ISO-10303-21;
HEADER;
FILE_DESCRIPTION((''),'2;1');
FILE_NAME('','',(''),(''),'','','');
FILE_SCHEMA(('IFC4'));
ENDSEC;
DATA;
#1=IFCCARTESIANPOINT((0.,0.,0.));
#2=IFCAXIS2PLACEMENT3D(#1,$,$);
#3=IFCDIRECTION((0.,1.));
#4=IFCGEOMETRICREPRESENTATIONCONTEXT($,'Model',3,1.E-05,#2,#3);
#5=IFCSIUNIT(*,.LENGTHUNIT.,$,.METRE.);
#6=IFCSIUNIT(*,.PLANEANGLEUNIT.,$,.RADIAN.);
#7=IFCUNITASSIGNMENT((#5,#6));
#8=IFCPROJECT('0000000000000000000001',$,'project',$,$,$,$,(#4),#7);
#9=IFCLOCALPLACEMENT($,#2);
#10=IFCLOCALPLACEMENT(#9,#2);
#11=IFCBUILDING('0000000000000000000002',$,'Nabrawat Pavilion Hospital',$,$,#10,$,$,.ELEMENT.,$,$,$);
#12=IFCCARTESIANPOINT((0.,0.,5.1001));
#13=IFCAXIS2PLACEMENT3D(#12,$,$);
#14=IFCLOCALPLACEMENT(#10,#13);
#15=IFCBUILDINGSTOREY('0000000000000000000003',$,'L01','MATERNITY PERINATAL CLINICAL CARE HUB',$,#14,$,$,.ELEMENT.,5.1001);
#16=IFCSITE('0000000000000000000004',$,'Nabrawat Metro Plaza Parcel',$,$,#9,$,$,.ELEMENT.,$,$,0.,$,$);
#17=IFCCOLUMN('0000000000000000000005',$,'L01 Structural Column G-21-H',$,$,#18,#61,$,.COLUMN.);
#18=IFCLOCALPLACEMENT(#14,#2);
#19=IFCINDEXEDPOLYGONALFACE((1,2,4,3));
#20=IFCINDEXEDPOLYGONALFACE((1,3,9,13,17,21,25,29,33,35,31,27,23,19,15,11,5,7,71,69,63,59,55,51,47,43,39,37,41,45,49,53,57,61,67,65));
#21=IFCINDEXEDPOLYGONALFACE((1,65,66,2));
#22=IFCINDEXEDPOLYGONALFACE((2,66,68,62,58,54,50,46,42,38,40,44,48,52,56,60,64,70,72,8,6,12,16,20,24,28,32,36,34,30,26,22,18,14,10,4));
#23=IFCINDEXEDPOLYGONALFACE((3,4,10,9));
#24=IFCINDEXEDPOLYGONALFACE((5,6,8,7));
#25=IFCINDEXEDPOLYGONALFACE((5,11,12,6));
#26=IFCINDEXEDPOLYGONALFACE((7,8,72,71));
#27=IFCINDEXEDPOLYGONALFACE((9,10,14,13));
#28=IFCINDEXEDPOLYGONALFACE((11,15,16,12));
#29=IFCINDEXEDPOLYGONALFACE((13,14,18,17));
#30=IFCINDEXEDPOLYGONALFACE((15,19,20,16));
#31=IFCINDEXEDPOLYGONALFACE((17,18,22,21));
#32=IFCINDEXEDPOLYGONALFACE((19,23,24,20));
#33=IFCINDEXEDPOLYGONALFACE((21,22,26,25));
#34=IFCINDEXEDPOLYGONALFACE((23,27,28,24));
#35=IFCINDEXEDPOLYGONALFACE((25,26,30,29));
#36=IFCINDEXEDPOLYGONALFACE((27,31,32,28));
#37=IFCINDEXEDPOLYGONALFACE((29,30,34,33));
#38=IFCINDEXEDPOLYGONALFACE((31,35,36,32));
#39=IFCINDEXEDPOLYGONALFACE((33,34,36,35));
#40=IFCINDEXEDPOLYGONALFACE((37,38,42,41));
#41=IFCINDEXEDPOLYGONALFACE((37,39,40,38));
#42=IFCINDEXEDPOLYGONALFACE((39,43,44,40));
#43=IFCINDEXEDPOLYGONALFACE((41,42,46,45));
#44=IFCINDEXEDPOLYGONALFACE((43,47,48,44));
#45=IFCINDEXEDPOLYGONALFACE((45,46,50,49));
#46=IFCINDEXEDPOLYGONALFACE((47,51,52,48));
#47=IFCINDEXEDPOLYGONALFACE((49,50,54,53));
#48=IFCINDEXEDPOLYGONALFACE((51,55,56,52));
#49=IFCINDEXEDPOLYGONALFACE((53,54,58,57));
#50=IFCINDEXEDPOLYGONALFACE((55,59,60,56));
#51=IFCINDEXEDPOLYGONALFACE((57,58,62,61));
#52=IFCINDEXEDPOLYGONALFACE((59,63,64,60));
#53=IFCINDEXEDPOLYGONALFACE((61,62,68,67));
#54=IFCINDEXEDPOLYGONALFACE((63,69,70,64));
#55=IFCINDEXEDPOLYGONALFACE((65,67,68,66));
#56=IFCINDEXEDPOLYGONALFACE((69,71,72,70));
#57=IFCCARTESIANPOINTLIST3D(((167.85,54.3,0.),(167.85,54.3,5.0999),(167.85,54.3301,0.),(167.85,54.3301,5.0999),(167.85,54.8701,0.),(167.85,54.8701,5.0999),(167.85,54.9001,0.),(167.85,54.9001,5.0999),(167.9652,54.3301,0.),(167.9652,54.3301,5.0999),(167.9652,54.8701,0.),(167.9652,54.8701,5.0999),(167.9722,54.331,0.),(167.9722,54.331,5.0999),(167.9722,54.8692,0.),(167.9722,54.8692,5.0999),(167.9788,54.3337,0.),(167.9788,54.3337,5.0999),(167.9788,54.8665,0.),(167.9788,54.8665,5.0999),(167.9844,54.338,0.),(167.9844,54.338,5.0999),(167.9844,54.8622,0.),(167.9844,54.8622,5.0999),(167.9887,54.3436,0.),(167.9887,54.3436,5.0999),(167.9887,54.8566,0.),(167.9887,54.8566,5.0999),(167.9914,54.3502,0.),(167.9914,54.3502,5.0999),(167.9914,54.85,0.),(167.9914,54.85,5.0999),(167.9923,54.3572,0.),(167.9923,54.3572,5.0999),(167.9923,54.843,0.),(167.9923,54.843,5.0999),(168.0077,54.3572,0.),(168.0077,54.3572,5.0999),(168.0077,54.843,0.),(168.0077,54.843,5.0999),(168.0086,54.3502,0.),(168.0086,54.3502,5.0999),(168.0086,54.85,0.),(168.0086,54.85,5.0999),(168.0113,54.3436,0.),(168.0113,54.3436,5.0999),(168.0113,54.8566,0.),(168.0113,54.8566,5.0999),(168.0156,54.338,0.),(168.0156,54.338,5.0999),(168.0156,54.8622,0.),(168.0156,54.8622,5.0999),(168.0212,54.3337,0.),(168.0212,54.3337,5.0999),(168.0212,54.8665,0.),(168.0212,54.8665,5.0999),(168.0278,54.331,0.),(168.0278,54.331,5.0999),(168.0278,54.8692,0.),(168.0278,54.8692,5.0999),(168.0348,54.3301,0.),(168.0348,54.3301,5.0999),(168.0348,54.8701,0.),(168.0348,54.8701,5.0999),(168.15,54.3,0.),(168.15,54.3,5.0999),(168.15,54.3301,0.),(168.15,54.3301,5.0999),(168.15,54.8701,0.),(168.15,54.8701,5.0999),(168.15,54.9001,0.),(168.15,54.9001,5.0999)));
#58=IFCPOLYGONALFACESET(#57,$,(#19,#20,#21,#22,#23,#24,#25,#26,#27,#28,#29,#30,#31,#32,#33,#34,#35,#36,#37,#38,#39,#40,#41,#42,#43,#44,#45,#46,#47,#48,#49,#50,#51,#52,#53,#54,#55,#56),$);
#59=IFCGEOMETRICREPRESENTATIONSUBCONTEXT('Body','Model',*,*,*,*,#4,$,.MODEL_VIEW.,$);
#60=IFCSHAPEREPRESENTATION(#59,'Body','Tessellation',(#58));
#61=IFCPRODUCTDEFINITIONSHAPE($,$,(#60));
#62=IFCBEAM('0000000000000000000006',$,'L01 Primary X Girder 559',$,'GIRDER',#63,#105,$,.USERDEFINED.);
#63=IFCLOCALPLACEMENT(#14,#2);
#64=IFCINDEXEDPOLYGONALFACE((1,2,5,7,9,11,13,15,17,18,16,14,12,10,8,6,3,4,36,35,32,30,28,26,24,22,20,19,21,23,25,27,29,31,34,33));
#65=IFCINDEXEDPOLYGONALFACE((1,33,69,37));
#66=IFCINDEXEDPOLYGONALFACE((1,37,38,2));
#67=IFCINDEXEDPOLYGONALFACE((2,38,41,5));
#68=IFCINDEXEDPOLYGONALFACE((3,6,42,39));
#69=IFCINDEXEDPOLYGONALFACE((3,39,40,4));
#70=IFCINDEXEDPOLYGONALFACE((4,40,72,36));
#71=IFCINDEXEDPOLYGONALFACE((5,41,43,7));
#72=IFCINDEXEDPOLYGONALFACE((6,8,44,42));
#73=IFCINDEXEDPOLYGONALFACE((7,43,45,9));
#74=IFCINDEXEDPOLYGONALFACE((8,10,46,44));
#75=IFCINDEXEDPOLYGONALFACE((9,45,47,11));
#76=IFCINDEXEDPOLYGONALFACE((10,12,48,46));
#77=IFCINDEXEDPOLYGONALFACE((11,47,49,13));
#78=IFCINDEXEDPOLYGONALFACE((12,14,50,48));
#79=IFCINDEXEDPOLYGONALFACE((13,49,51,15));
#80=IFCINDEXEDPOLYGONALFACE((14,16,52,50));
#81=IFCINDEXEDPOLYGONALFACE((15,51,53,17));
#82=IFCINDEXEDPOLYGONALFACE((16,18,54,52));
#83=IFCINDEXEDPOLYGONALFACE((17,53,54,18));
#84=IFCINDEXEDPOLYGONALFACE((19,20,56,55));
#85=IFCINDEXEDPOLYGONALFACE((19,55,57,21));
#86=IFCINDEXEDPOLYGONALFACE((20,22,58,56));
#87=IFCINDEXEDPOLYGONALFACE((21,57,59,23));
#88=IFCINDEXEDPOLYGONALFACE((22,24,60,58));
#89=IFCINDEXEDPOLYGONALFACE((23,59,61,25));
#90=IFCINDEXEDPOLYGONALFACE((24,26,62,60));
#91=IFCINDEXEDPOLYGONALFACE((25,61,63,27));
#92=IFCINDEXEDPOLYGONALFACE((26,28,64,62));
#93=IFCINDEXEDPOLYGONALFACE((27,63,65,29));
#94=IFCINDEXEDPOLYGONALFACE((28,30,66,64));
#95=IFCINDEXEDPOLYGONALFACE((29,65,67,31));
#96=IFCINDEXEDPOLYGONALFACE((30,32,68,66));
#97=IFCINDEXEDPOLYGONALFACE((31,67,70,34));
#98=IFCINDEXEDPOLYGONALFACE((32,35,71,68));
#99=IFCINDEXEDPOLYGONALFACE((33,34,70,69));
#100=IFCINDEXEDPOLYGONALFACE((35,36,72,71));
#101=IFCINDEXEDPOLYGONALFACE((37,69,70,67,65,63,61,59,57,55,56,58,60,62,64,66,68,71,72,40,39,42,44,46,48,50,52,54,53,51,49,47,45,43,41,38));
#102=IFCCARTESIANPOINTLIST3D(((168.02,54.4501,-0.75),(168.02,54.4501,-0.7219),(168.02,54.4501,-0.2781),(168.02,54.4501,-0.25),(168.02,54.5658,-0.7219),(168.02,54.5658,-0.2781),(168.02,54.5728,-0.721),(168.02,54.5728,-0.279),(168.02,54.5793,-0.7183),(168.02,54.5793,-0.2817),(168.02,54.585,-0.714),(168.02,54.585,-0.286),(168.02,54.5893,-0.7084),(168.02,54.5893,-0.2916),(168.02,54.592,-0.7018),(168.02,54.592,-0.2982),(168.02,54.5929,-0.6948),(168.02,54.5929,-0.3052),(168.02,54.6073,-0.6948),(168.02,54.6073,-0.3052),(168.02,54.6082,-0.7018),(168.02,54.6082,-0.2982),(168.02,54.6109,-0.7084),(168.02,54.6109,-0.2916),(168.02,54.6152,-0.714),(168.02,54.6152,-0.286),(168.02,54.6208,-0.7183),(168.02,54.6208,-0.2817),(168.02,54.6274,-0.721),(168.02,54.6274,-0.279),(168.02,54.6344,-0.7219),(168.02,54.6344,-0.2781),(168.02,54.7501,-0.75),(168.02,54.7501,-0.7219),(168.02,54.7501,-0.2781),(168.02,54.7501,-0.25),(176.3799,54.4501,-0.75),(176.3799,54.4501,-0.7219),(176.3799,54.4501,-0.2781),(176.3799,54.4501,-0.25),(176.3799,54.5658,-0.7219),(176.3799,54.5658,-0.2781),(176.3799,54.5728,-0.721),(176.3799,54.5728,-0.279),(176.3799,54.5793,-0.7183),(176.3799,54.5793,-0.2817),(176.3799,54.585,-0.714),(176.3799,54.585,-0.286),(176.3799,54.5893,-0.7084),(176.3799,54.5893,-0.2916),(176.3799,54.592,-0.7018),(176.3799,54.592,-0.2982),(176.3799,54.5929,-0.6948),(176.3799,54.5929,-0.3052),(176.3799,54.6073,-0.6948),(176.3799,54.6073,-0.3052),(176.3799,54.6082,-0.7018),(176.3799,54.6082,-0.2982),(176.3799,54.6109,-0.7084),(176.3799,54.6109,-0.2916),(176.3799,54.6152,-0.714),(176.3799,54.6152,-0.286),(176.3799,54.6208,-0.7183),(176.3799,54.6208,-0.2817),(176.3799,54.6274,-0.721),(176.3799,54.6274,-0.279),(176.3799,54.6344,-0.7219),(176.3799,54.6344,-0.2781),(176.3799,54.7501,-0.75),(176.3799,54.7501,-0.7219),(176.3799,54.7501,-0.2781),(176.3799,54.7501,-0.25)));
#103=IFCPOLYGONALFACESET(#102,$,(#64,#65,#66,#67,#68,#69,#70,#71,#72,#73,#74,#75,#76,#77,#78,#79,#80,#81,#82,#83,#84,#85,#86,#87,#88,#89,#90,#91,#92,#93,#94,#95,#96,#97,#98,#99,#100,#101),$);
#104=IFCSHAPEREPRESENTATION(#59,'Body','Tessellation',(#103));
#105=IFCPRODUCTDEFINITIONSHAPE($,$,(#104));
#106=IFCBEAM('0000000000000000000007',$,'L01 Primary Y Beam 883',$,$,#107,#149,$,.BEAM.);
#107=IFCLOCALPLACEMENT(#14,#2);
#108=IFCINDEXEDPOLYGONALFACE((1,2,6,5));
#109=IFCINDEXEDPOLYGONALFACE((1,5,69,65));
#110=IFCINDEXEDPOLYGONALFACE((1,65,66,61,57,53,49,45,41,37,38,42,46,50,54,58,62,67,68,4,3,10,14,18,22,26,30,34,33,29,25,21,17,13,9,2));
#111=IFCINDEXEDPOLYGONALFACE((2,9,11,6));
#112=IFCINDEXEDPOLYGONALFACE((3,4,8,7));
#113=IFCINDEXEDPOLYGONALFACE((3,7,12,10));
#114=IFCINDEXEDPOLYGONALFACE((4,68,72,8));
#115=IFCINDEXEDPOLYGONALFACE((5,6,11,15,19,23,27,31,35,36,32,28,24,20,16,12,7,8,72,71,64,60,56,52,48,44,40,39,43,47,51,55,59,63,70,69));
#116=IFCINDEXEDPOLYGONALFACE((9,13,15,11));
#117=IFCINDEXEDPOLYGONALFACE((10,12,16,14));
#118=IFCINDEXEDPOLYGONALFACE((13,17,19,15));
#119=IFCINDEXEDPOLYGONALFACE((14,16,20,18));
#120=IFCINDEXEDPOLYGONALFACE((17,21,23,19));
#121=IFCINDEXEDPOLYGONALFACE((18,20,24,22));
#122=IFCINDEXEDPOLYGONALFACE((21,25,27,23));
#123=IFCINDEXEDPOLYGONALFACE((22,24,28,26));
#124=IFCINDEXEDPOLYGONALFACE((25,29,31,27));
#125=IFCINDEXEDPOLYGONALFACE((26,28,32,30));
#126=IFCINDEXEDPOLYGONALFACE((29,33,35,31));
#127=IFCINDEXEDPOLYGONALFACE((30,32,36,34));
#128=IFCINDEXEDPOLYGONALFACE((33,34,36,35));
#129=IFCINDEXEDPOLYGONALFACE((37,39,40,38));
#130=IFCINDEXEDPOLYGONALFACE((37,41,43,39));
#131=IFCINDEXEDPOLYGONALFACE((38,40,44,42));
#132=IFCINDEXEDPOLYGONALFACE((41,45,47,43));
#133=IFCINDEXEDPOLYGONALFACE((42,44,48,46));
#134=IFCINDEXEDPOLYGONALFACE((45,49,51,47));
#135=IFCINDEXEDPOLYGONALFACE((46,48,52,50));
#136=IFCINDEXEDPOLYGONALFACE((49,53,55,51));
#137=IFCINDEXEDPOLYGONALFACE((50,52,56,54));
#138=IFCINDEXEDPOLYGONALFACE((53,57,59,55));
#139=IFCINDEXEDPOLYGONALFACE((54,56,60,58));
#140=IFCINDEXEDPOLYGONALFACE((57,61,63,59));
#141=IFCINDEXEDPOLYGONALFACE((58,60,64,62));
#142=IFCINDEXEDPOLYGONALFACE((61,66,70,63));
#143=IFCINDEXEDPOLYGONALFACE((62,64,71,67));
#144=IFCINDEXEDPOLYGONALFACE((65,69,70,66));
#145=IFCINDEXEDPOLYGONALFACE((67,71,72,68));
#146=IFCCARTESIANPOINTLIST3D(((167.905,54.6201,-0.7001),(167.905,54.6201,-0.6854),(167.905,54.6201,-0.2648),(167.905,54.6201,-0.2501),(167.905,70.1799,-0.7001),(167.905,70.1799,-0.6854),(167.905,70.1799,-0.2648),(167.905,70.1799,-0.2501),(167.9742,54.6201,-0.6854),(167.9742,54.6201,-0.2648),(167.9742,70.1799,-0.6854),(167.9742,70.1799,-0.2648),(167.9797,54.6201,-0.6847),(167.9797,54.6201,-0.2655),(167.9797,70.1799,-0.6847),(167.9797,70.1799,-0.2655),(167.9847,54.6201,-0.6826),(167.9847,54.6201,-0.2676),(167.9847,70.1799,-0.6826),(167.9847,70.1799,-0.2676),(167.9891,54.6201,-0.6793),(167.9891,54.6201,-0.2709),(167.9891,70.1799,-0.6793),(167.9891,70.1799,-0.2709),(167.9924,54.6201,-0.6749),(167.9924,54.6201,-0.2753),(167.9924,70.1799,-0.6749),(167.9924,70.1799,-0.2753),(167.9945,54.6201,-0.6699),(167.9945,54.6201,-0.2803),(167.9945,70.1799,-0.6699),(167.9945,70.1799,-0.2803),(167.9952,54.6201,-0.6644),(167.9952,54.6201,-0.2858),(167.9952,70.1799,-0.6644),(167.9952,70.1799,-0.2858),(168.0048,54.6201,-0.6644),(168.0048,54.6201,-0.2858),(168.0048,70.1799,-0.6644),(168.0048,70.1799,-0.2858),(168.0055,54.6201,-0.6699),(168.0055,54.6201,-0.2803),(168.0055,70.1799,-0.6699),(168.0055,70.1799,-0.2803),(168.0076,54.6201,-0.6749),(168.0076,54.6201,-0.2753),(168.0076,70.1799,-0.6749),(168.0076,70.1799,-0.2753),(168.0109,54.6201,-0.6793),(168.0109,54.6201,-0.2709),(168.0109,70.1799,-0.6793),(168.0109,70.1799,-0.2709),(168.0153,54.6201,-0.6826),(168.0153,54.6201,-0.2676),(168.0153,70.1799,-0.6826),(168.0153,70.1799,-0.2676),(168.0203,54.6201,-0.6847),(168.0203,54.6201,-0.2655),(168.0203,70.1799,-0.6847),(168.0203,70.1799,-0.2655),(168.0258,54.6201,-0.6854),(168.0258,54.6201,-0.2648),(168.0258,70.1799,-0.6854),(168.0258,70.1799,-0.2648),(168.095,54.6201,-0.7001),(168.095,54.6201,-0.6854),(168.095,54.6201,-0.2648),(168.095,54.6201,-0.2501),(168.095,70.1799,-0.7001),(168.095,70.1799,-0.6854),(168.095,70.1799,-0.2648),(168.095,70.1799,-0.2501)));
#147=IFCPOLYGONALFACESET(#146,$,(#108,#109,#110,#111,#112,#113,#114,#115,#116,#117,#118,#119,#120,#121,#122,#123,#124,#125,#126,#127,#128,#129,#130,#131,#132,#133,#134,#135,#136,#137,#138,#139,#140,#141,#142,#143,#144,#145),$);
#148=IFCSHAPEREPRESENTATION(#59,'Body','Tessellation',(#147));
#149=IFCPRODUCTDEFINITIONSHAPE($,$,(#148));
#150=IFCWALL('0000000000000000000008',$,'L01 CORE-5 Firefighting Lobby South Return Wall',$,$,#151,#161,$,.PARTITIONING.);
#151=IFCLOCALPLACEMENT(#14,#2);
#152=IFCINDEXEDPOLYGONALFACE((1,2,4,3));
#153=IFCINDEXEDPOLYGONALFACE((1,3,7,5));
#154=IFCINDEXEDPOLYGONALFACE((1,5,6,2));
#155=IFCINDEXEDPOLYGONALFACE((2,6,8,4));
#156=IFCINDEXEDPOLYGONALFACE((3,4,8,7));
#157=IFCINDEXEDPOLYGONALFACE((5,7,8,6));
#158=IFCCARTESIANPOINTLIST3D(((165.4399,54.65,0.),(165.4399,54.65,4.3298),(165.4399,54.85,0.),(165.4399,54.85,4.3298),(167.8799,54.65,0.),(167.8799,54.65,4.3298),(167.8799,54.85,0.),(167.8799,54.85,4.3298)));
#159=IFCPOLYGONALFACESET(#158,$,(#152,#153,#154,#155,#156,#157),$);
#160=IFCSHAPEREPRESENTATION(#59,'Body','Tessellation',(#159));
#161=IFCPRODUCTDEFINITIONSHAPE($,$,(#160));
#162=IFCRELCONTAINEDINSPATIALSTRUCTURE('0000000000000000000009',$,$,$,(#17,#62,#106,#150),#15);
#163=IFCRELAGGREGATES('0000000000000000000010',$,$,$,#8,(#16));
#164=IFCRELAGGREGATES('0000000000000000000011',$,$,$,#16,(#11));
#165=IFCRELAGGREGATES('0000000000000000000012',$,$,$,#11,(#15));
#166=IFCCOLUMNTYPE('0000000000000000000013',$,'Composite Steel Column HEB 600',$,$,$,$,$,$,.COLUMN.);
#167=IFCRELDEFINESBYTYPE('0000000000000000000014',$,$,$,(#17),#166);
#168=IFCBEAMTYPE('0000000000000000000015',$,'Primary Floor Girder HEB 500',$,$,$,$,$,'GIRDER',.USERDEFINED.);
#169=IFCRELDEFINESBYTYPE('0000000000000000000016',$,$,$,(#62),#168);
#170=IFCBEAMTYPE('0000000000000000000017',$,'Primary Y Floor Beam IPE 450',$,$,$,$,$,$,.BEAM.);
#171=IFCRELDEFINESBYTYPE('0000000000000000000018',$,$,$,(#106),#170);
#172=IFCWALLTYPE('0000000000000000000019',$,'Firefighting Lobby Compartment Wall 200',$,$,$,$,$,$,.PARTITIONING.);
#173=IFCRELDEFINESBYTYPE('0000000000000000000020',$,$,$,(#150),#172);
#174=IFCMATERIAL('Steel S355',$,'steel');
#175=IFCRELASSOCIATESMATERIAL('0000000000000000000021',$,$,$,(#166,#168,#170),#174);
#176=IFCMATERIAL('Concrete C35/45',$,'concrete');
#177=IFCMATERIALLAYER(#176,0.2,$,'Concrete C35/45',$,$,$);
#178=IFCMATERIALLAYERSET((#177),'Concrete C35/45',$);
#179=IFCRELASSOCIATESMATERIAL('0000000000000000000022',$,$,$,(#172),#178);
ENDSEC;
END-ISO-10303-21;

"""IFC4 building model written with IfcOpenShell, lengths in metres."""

from ifc_helpers import new_model, si_unit, direction, frame, frame_2d, origin, origin_2d, place, context, subcontext, project, spatial, rectangle, i_section, extrude, material, layer, layer_set, material_profile, profile_set, type_object, element, save


model = new_model("IFC4")

# Units and contexts
model_context = context("Model", 3, precision=1e-05, world=origin(), true_north=direction((0.0, 1.0)))
body_context = subcontext(model_context, "Body", "Model", "MODEL_VIEW")
ifc_project = project(units=[si_unit("LENGTHUNIT", "METRE"), si_unit("PLANEANGLEUNIT", "RADIAN")], contexts=[model_context])

# Site, building, storey
site_placement = place(None, origin())
site = spatial("IfcSite", under=ifc_project, at=site_placement, Name="Nabrawat Metro Plaza Parcel", CompositionType="ELEMENT", RefElevation=0.0)
building_placement = place(site_placement, origin())
building = spatial("IfcBuilding", under=site, at=building_placement, Name="Nabrawat Pavilion Hospital", CompositionType="ELEMENT")
storey_placement = place(building_placement, frame((0.0, 0.0, 5.1001)))
storey = spatial("IfcBuildingStorey", under=building, at=storey_placement, Name="L01", Description="MATERNITY PERINATAL CLINICAL CARE HUB", CompositionType="ELEMENT", Elevation=5.1001)

# Column
ifc_material_1 = material(Name="Steel S355", Category="steel")
ifc_material_profile_1 = material_profile(ifc_material_1, i_section(OverallWidth=0.3, OverallDepth=0.6001, WebThickness=0.0154, FlangeThickness=0.03, FilletRadius=0.0271, at=origin_2d()), Name="HEB 600")
ifc_profile_set_1 = profile_set([ifc_material_profile_1], Name="Steel S355")
column_type = type_object("IfcColumnType", Name="Composite Steel Column HEB 600", PredefinedType="COLUMN", material=ifc_profile_set_1)
column_placement = place(storey_placement, frame((168.0, 54.6001, 0.0), z_axis=(0.0, 0.0, 1.0), x_axis=(1.0, 0.0, 0.0)))
element("IfcColumn", 1, at=column_placement, inside=storey, type_object=column_type, Name="L01 Structural Column G-21-H", PredefinedType="COLUMN", context=body_context, shape_type="SweptSolid", body=[
    extrude(i_section(OverallWidth=0.3, OverallDepth=0.6001, WebThickness=0.0154, FlangeThickness=0.03, FilletRadius=0.0271, at=origin_2d()), origin(), (0.0, 0.0, 1.0), 5.0999),
])

# Beams
ifc_material_profile_2 = material_profile(ifc_material_1, i_section(OverallWidth=0.3, OverallDepth=0.5, WebThickness=0.0144, FlangeThickness=0.0281, FilletRadius=0.0271, at=origin_2d()), Name="HEB 500")
ifc_profile_set_2 = profile_set([ifc_material_profile_2], Name="Steel S355")
beam_type_1 = type_object("IfcBeamType", Name="Primary Floor Girder HEB 500", ElementType="GIRDER", PredefinedType="USERDEFINED", material=ifc_profile_set_2)
beam_1_placement = place(storey_placement, frame((168.02, 54.6001, -0.5), z_axis=(1.0, 0.0, 0.0), x_axis=(0.0, 1.0, 0.0)))
element("IfcBeam", 2, at=beam_1_placement, inside=storey, type_object=beam_type_1, Name="L01 Primary X Girder 559", ObjectType="GIRDER", PredefinedType="USERDEFINED", context=body_context, shape_type="SweptSolid", body=[
    extrude(i_section(OverallWidth=0.3, OverallDepth=0.5, WebThickness=0.0144, FlangeThickness=0.0281, FilletRadius=0.0271, at=origin_2d()), origin(), (0.0, 0.0, 1.0), 8.3599),
])
ifc_material_profile_3 = material_profile(ifc_material_1, i_section(OverallWidth=0.1899, OverallDepth=0.45, WebThickness=0.0095, FlangeThickness=0.0146, FilletRadius=0.021, at=origin_2d()), Name="IPE 450")
ifc_profile_set_3 = profile_set([ifc_material_profile_3], Name="Steel S355")
beam_type_2 = type_object("IfcBeamType", Name="Primary Y Floor Beam IPE 450", PredefinedType="BEAM", material=ifc_profile_set_3)
beam_2_placement = place(storey_placement, frame((168.0, 54.6201, -0.4751), z_axis=(0.0, 1.0, 0.0), x_axis=(-1.0, 0.0, 0.0)))
element("IfcBeam", 3, at=beam_2_placement, inside=storey, type_object=beam_type_2, Name="L01 Primary Y Beam 883", PredefinedType="BEAM", context=body_context, shape_type="SweptSolid", body=[
    extrude(i_section(OverallWidth=0.1899, OverallDepth=0.45, WebThickness=0.0095, FlangeThickness=0.0146, FilletRadius=0.021, at=origin_2d()), origin(), (0.0, 0.0, 1.0), 15.5598),
])

# Wall
ifc_material_2 = material(Name="Concrete C35/45", Category="concrete")
ifc_layer_1 = layer(ifc_material_2, 0.2, Name="Concrete C35/45")
ifc_layer_set_1 = layer_set([ifc_layer_1], Name="Concrete C35/45")
wall_type_1 = type_object("IfcWallType", Name="Firefighting Lobby Compartment Wall 200", PredefinedType="PARTITIONING", material=ifc_layer_set_1)
wall_1_placement = place(storey_placement, frame((165.4399, 54.75, 0.0), z_axis=(0.0, 0.0, 1.0), x_axis=(1.0, 0.0, 0.0)))
element("IfcWall", 4, at=wall_1_placement, inside=storey, type_object=wall_type_1, Name="L01 CORE-5 Firefighting Lobby South Return Wall", PredefinedType="PARTITIONING", context=body_context, shape_type="SweptSolid", body=[
    extrude(rectangle(XDim=2.4399, YDim=0.2, at=frame_2d((1.22, 0.0))), origin(), (0.0, 0.0, 1.0), 4.3298),
])

save(model, "model.ifc")
